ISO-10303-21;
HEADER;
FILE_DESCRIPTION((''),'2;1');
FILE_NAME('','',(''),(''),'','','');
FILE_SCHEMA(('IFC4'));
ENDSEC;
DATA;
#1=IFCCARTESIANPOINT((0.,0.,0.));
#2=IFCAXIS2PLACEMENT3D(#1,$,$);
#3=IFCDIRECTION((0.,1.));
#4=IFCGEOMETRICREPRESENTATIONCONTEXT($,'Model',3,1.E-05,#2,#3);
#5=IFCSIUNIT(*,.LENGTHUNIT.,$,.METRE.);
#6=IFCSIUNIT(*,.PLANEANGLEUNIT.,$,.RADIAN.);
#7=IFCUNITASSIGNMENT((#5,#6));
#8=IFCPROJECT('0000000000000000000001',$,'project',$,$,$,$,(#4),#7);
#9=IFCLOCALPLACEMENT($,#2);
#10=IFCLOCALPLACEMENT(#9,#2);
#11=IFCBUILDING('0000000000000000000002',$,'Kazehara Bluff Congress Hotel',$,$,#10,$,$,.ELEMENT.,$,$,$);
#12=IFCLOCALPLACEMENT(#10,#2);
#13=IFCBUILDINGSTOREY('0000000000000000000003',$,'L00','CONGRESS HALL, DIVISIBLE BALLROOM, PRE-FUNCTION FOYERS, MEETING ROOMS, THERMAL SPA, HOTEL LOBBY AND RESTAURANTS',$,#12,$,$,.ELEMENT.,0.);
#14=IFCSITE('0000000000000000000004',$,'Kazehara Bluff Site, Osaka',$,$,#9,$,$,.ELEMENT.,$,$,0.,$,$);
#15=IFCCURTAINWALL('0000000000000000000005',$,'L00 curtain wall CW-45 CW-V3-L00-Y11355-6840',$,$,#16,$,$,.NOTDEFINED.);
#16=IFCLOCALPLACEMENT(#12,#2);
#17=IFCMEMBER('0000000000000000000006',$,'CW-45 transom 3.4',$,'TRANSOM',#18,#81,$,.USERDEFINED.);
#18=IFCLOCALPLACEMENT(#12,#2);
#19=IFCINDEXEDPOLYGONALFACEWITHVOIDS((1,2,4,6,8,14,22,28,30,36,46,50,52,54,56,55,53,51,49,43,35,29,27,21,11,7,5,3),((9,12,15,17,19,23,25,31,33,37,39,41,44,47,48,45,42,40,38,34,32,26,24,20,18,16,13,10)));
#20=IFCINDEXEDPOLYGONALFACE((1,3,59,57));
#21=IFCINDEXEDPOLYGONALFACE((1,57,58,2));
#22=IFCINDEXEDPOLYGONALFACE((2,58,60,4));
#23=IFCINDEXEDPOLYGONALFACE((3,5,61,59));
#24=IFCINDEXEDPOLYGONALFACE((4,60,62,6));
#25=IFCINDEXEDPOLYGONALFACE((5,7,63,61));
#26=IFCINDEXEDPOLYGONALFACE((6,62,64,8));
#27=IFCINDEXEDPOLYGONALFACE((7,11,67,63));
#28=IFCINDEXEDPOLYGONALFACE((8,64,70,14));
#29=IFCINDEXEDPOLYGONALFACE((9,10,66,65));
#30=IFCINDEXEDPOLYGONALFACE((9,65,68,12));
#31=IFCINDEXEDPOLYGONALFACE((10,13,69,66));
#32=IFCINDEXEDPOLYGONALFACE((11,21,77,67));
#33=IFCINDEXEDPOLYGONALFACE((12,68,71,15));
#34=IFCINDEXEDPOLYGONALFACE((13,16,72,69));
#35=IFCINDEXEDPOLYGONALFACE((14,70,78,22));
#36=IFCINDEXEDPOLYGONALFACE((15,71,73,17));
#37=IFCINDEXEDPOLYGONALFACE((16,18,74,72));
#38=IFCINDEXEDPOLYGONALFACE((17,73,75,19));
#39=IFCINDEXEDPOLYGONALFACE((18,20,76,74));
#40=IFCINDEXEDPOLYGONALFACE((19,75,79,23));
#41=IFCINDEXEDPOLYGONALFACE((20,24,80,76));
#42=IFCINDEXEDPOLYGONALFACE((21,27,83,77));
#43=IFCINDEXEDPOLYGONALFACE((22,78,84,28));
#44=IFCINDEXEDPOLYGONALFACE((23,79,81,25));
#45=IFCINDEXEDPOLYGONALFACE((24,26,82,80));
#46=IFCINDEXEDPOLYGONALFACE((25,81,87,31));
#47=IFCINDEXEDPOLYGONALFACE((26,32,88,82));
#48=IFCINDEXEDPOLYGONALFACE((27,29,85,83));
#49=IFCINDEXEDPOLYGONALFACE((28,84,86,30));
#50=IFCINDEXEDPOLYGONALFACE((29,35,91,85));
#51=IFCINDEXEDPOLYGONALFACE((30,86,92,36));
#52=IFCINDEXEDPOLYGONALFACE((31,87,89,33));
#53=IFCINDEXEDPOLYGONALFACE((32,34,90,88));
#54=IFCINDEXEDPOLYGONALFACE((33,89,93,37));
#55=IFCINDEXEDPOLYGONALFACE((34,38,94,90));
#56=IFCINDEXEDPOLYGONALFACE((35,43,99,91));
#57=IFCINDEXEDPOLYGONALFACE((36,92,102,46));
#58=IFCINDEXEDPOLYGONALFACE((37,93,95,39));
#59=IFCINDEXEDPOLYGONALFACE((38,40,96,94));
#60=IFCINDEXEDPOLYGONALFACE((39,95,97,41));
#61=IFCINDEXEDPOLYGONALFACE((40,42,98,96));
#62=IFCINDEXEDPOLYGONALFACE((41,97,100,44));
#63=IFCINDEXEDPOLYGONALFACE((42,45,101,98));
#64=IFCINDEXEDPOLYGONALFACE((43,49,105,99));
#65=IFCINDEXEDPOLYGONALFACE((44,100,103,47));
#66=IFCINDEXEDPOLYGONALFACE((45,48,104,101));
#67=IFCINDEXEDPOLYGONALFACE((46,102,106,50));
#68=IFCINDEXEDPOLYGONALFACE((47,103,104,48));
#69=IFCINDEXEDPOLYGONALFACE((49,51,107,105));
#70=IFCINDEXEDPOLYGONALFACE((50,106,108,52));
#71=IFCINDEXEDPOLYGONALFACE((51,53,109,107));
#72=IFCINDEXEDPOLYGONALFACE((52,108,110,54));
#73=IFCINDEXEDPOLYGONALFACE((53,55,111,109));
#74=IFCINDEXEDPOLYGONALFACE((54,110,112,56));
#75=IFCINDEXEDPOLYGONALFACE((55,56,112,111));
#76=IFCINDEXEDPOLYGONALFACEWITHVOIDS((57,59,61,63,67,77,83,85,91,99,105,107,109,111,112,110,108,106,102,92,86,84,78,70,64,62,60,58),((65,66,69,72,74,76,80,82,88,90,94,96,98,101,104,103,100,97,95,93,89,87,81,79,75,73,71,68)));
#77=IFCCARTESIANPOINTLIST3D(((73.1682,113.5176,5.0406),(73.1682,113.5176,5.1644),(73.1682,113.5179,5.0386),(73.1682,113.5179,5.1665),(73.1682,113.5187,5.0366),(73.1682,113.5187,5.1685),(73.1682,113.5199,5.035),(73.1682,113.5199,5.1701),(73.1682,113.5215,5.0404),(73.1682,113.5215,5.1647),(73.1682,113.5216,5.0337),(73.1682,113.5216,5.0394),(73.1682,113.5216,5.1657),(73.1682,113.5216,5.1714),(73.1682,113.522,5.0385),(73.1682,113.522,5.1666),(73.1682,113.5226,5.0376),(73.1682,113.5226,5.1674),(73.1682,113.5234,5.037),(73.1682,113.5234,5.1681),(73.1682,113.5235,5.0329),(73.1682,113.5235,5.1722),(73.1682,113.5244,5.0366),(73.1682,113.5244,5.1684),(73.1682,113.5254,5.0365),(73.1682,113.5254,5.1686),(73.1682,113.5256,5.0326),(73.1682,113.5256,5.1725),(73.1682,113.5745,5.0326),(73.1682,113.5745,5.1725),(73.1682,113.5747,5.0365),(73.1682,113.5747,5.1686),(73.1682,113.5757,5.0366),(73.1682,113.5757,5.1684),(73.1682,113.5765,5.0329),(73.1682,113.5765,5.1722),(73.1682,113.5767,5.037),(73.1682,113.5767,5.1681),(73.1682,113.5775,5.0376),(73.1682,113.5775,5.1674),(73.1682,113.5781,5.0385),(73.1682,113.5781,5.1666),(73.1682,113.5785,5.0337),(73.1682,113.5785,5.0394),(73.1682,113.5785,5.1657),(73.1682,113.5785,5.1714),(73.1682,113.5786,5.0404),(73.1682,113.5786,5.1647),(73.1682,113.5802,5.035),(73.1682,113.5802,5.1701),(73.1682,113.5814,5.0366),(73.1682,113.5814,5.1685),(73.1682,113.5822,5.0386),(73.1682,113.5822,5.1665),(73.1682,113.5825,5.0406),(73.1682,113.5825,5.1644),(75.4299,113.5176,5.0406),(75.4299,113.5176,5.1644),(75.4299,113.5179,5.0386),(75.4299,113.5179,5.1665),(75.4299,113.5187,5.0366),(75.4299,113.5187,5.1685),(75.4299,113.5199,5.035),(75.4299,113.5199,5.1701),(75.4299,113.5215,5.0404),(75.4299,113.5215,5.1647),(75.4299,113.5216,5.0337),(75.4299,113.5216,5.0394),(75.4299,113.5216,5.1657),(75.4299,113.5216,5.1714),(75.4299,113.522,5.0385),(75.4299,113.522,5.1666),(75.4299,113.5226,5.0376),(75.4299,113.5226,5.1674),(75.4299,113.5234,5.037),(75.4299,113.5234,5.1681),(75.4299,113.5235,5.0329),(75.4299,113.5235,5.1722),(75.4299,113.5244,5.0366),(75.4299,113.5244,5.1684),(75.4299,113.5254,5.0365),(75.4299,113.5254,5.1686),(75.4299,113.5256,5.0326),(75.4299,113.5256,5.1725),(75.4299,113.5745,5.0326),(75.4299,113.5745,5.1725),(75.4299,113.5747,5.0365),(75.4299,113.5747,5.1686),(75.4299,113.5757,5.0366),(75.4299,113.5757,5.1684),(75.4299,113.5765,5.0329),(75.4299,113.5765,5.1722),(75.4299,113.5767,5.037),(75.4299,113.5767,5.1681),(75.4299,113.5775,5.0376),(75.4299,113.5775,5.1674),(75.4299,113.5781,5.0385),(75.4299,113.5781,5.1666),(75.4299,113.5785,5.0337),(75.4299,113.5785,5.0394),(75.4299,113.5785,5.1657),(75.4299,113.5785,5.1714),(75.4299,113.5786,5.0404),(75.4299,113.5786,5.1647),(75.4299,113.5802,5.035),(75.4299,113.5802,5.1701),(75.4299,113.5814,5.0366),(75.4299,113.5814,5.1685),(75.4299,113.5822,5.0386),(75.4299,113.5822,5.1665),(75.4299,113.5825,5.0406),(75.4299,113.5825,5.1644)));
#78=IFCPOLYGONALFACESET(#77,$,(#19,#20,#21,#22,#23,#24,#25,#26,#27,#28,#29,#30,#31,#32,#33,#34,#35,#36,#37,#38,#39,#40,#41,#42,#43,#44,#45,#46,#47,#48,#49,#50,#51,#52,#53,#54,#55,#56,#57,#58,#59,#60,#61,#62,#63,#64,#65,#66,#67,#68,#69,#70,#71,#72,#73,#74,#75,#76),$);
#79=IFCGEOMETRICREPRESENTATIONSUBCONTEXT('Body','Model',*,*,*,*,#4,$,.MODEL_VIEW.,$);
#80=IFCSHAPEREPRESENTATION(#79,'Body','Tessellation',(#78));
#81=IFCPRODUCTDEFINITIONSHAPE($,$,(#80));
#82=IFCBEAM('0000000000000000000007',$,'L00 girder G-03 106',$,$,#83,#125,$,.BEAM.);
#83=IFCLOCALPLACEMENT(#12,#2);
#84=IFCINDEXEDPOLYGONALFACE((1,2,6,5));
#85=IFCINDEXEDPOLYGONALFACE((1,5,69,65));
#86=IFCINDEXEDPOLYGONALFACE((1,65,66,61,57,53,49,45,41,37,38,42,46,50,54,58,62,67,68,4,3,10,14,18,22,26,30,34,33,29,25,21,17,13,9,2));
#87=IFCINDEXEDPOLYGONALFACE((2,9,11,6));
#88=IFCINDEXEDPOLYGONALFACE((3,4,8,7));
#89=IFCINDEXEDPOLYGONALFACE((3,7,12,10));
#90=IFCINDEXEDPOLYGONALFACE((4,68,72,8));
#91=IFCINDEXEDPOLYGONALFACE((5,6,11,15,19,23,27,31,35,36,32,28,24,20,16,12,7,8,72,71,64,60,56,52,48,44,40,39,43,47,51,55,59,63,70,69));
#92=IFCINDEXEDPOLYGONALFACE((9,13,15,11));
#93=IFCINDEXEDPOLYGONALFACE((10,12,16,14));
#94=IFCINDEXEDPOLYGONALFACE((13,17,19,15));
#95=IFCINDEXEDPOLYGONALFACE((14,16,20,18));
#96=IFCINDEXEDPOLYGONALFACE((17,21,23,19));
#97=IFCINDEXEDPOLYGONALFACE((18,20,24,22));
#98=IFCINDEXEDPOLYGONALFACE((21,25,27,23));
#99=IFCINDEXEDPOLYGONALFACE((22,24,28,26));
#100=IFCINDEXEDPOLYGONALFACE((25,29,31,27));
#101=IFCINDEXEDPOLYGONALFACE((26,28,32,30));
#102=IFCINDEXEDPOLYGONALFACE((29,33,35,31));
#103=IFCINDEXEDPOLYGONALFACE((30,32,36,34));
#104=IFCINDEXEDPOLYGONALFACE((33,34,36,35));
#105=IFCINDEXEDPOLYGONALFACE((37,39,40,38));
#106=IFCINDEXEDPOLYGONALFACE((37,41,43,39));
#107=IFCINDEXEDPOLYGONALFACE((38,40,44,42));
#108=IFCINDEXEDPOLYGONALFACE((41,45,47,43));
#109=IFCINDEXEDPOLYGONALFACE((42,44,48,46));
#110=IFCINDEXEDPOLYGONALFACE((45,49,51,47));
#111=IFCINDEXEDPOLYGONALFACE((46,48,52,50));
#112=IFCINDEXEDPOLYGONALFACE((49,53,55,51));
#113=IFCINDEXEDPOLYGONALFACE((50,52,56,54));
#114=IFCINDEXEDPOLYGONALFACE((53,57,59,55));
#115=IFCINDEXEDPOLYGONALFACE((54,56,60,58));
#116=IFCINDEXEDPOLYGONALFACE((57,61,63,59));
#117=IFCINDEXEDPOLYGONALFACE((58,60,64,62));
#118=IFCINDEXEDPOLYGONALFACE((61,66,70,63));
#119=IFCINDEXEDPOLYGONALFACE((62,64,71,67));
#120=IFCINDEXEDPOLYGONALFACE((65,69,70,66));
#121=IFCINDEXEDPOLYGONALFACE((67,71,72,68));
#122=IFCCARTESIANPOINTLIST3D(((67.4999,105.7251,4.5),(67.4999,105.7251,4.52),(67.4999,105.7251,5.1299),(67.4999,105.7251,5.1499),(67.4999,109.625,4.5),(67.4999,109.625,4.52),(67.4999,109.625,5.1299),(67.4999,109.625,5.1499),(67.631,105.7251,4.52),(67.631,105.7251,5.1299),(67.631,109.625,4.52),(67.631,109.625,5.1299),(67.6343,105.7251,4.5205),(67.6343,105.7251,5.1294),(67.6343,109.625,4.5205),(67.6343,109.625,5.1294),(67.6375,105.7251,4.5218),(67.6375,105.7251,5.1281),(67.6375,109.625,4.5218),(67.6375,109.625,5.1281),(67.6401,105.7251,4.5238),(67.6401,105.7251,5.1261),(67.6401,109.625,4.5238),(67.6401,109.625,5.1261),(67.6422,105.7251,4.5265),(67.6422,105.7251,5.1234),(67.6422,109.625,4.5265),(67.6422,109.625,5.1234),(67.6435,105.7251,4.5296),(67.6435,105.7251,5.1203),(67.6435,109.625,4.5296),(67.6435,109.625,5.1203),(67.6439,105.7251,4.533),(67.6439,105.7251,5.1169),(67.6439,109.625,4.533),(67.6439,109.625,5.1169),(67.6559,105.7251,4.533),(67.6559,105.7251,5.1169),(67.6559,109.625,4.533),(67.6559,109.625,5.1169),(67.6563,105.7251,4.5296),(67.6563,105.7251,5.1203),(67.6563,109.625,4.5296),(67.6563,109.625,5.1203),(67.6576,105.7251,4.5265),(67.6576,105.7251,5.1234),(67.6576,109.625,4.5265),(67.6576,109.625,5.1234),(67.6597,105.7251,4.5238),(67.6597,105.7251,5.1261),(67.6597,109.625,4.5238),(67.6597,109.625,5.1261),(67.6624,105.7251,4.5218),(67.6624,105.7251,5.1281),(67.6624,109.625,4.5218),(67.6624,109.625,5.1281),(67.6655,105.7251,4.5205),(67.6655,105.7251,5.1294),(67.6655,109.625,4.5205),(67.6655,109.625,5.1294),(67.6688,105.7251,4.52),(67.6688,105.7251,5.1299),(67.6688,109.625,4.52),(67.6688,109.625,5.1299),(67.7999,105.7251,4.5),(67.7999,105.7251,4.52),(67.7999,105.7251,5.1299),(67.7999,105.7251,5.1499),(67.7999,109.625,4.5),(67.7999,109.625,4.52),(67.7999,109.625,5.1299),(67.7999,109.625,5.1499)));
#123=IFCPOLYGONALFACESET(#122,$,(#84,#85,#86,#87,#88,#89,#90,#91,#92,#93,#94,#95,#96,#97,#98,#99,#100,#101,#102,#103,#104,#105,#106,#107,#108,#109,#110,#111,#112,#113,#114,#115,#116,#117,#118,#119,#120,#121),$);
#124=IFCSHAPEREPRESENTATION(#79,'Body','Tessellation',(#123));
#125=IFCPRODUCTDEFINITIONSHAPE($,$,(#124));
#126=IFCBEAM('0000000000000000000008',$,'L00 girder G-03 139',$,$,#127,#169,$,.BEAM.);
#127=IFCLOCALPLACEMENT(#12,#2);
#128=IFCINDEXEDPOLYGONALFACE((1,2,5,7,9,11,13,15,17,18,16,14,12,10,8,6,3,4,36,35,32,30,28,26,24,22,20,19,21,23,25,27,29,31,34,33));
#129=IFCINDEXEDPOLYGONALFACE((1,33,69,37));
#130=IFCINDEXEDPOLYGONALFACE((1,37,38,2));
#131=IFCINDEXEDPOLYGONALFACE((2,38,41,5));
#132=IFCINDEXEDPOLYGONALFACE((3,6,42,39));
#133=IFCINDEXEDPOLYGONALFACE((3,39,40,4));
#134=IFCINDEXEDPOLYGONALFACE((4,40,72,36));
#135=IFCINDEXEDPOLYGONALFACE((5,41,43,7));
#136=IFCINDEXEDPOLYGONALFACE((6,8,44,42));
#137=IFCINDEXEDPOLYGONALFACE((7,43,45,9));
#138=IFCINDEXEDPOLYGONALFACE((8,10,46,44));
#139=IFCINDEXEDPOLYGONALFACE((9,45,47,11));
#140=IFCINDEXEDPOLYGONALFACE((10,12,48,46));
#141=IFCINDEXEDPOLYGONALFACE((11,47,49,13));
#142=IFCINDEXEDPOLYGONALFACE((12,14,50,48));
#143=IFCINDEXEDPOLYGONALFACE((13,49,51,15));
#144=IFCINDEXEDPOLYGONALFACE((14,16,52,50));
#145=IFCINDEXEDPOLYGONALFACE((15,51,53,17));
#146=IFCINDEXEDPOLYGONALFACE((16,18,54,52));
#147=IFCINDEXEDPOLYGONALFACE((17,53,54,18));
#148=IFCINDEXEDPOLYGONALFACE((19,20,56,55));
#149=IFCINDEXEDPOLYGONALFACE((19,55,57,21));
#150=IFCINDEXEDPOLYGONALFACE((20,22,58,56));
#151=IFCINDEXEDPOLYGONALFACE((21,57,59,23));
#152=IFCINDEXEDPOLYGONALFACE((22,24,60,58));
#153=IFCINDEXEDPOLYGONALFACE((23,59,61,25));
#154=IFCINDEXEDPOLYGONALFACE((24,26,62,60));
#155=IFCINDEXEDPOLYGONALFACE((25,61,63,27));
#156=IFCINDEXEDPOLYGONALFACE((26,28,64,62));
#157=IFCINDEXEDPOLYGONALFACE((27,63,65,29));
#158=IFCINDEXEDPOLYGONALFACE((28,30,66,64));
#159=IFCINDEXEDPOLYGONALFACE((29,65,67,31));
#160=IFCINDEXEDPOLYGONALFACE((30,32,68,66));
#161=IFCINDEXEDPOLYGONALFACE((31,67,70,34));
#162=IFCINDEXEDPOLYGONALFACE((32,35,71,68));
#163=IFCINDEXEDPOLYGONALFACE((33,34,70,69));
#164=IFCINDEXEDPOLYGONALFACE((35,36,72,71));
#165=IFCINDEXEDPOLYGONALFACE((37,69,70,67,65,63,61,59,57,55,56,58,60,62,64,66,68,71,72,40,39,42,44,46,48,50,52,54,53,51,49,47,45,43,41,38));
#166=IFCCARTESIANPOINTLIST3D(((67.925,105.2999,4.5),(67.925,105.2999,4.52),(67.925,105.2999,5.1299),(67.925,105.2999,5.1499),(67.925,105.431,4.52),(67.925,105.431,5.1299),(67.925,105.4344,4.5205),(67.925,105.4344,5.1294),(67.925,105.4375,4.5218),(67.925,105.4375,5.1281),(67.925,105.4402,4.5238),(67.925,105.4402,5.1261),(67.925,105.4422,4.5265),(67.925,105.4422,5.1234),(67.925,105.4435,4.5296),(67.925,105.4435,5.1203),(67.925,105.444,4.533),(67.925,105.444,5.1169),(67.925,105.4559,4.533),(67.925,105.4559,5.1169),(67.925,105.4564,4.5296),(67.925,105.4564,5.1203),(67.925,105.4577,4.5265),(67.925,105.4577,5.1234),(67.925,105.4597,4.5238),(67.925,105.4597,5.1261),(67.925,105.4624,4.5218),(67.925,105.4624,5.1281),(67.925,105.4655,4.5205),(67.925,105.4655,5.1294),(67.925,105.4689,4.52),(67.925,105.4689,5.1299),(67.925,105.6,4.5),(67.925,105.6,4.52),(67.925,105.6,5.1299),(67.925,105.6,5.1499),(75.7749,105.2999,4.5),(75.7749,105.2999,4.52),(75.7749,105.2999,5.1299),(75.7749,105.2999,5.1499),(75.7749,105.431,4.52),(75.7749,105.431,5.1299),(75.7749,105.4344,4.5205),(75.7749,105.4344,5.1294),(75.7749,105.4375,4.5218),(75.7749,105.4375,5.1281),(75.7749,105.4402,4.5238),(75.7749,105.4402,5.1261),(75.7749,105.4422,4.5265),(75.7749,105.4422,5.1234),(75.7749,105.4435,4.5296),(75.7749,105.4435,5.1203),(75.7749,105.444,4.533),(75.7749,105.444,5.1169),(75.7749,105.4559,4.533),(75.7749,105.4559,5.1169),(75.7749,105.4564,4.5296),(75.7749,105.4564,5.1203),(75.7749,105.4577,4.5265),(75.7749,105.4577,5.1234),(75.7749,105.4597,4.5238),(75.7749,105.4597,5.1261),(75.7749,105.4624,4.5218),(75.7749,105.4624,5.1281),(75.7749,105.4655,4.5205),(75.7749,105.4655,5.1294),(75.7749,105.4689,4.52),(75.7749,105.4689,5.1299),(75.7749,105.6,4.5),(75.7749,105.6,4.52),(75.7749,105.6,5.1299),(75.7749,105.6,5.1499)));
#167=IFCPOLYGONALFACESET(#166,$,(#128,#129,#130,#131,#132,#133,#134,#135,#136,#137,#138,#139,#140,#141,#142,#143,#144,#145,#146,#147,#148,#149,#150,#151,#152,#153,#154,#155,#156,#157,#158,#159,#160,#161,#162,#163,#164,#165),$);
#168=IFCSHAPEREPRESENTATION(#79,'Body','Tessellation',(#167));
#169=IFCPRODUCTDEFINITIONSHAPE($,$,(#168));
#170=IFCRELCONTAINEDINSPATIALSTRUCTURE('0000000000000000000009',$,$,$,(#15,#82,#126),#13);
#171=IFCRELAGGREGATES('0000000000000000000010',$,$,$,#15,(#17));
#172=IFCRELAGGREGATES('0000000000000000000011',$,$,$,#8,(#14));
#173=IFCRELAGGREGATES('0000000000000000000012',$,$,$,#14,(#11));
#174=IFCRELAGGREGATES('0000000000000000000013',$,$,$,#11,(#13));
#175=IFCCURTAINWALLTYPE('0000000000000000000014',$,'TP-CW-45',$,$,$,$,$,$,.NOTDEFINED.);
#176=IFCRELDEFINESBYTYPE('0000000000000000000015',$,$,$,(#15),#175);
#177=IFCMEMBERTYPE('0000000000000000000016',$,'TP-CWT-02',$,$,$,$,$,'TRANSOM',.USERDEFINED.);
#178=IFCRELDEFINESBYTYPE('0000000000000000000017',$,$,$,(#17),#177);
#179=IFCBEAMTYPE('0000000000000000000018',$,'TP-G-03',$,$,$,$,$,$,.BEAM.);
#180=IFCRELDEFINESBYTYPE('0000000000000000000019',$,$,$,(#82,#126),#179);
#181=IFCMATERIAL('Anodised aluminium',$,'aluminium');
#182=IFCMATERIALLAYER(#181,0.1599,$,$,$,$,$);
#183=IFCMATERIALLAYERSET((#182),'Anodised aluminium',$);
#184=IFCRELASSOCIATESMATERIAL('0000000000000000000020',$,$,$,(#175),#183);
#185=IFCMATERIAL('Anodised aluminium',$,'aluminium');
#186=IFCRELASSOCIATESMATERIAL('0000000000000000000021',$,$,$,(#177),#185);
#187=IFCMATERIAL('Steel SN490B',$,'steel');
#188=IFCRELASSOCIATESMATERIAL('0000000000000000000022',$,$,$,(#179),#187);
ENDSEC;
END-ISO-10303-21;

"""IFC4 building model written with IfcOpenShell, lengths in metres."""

from ifc_helpers import new_model, si_unit, direction, frame, origin, origin_2d, place, context, subcontext, project, spatial, hollow_rectangle, i_section, extrude, material, layer, layer_set, material_profile, profile_set, type_object, element, aggregate, save


model = new_model("IFC4")

# Units and contexts
model_context = context("Model", 3, precision=1e-05, world=origin(), true_north=direction((0.0, 1.0)))
body_context = subcontext(model_context, "Body", "Model", "MODEL_VIEW")
ifc_project = project(units=[si_unit("LENGTHUNIT", "METRE"), si_unit("PLANEANGLEUNIT", "RADIAN")], contexts=[model_context])

# Site, building, storey
site_placement = place(None, origin())
site = spatial("IfcSite", under=ifc_project, at=site_placement, Name="Kazehara Bluff Site, Osaka", CompositionType="ELEMENT", RefElevation=0.0)
building_placement = place(site_placement, origin())
building = spatial("IfcBuilding", under=site, at=building_placement, Name="Kazehara Bluff Congress Hotel", CompositionType="ELEMENT")
storey_placement = place(building_placement, origin())
storey = spatial("IfcBuildingStorey", under=building, at=storey_placement, Name="L00", Description="CONGRESS HALL, DIVISIBLE BALLROOM, PRE-FUNCTION FOYERS, MEETING ROOMS, THERMAL SPA, HOTEL LOBBY AND RESTAURANTS", CompositionType="ELEMENT", Elevation=0.0)

# Curtain wall, member
ifc_material_1 = material(Name="Anodised aluminium", Category="aluminium")
ifc_layer_1 = layer(ifc_material_1, 0.1599)
ifc_layer_set_1 = layer_set([ifc_layer_1], Name="Anodised aluminium")
curtain_wall_type = type_object("IfcCurtainWallType", Name="TP-CW-45", PredefinedType="NOTDEFINED", material=ifc_layer_set_1)
curtain_wall_placement = place(storey_placement, origin())
curtain_wall = element("IfcCurtainWall", 1, at=curtain_wall_placement, inside=storey, type_object=curtain_wall_type, Name="L00 curtain wall CW-45 CW-V3-L00-Y11355-6840", PredefinedType="NOTDEFINED")
ifc_material_2 = material(Name="Anodised aluminium", Category="aluminium")
ifc_material_profile_1 = material_profile(ifc_material_2, hollow_rectangle(XDim=0.0649, YDim=0.1399, WallThickness=0.0039, InnerFilletRadius=0.0039, OuterFilletRadius=0.0081, at=origin_2d()))
ifc_profile_set_1 = profile_set([ifc_material_profile_1], Name="Anodised aluminium")
member_type_1 = type_object("IfcMemberType", Name="TP-CWT-02", ElementType="TRANSOM", PredefinedType="USERDEFINED", material=ifc_profile_set_1)
member_1_placement = place(storey_placement, frame((73.1682, 113.55, 5.1025), z_axis=(1.0, 0.0, 0.0), x_axis=(0.0, 1.0, 0.0)))
member_1 = element("IfcMember", 2, at=member_1_placement, type_object=member_type_1, Name="CW-45 transom 3.4", ObjectType="TRANSOM", PredefinedType="USERDEFINED", context=body_context, shape_type="SweptSolid", body=[
    extrude(hollow_rectangle(XDim=0.0649, YDim=0.1399, WallThickness=0.0039, InnerFilletRadius=0.0039, OuterFilletRadius=0.0081, at=origin_2d()), origin(), (0.0, 0.0, 1.0), 2.2617),
])

# Beams
ifc_material_3 = material(Name="Steel SN490B", Category="steel")
ifc_material_profile_2 = material_profile(ifc_material_3, i_section(OverallWidth=0.3, OverallDepth=0.6499, WebThickness=0.012, FlangeThickness=0.02, FilletRadius=0.0129, at=origin_2d()))
ifc_profile_set_2 = profile_set([ifc_material_profile_2], Name="Steel SN490B")
beam_type_1 = type_object("IfcBeamType", Name="TP-G-03", PredefinedType="BEAM", material=ifc_profile_set_2)
beam_placement = place(storey_placement, frame((67.6499, 105.7251, 4.825), z_axis=(0.0, 1.0, 0.0), x_axis=(-1.0, 0.0, 0.0)))
element("IfcBeam", 3, at=beam_placement, inside=storey, type_object=beam_type_1, Name="L00 girder G-03 106", PredefinedType="BEAM", context=body_context, shape_type="SweptSolid", body=[
    extrude(i_section(OverallWidth=0.3, OverallDepth=0.6499, WebThickness=0.012, FlangeThickness=0.02, FilletRadius=0.0129, at=origin_2d()), origin(), (0.0, 0.0, 1.0), 3.8999),
])
for number, where, z_axis, x_axis, name in (
    (4, (67.925, 105.45, 4.825), (1.0, 0.0, 0.0), (0.0, 1.0, 0.0), "L00 girder G-03 139"),
):
    element("IfcBeam", number, at=place(storey_placement, frame(where, z_axis=z_axis, x_axis=x_axis)), inside=storey, type_object=beam_type_1, Name=name, PredefinedType="BEAM", context=body_context, shape_type="SweptSolid", body=[
        extrude(i_section(OverallWidth=0.3, OverallDepth=0.6499, WebThickness=0.012, FlangeThickness=0.02, FilletRadius=0.0129, at=origin_2d()), origin(), (0.0, 0.0, 1.0), 7.8499),
    ])

aggregate(curtain_wall, [member_1])

save(model, "model.ifc")
